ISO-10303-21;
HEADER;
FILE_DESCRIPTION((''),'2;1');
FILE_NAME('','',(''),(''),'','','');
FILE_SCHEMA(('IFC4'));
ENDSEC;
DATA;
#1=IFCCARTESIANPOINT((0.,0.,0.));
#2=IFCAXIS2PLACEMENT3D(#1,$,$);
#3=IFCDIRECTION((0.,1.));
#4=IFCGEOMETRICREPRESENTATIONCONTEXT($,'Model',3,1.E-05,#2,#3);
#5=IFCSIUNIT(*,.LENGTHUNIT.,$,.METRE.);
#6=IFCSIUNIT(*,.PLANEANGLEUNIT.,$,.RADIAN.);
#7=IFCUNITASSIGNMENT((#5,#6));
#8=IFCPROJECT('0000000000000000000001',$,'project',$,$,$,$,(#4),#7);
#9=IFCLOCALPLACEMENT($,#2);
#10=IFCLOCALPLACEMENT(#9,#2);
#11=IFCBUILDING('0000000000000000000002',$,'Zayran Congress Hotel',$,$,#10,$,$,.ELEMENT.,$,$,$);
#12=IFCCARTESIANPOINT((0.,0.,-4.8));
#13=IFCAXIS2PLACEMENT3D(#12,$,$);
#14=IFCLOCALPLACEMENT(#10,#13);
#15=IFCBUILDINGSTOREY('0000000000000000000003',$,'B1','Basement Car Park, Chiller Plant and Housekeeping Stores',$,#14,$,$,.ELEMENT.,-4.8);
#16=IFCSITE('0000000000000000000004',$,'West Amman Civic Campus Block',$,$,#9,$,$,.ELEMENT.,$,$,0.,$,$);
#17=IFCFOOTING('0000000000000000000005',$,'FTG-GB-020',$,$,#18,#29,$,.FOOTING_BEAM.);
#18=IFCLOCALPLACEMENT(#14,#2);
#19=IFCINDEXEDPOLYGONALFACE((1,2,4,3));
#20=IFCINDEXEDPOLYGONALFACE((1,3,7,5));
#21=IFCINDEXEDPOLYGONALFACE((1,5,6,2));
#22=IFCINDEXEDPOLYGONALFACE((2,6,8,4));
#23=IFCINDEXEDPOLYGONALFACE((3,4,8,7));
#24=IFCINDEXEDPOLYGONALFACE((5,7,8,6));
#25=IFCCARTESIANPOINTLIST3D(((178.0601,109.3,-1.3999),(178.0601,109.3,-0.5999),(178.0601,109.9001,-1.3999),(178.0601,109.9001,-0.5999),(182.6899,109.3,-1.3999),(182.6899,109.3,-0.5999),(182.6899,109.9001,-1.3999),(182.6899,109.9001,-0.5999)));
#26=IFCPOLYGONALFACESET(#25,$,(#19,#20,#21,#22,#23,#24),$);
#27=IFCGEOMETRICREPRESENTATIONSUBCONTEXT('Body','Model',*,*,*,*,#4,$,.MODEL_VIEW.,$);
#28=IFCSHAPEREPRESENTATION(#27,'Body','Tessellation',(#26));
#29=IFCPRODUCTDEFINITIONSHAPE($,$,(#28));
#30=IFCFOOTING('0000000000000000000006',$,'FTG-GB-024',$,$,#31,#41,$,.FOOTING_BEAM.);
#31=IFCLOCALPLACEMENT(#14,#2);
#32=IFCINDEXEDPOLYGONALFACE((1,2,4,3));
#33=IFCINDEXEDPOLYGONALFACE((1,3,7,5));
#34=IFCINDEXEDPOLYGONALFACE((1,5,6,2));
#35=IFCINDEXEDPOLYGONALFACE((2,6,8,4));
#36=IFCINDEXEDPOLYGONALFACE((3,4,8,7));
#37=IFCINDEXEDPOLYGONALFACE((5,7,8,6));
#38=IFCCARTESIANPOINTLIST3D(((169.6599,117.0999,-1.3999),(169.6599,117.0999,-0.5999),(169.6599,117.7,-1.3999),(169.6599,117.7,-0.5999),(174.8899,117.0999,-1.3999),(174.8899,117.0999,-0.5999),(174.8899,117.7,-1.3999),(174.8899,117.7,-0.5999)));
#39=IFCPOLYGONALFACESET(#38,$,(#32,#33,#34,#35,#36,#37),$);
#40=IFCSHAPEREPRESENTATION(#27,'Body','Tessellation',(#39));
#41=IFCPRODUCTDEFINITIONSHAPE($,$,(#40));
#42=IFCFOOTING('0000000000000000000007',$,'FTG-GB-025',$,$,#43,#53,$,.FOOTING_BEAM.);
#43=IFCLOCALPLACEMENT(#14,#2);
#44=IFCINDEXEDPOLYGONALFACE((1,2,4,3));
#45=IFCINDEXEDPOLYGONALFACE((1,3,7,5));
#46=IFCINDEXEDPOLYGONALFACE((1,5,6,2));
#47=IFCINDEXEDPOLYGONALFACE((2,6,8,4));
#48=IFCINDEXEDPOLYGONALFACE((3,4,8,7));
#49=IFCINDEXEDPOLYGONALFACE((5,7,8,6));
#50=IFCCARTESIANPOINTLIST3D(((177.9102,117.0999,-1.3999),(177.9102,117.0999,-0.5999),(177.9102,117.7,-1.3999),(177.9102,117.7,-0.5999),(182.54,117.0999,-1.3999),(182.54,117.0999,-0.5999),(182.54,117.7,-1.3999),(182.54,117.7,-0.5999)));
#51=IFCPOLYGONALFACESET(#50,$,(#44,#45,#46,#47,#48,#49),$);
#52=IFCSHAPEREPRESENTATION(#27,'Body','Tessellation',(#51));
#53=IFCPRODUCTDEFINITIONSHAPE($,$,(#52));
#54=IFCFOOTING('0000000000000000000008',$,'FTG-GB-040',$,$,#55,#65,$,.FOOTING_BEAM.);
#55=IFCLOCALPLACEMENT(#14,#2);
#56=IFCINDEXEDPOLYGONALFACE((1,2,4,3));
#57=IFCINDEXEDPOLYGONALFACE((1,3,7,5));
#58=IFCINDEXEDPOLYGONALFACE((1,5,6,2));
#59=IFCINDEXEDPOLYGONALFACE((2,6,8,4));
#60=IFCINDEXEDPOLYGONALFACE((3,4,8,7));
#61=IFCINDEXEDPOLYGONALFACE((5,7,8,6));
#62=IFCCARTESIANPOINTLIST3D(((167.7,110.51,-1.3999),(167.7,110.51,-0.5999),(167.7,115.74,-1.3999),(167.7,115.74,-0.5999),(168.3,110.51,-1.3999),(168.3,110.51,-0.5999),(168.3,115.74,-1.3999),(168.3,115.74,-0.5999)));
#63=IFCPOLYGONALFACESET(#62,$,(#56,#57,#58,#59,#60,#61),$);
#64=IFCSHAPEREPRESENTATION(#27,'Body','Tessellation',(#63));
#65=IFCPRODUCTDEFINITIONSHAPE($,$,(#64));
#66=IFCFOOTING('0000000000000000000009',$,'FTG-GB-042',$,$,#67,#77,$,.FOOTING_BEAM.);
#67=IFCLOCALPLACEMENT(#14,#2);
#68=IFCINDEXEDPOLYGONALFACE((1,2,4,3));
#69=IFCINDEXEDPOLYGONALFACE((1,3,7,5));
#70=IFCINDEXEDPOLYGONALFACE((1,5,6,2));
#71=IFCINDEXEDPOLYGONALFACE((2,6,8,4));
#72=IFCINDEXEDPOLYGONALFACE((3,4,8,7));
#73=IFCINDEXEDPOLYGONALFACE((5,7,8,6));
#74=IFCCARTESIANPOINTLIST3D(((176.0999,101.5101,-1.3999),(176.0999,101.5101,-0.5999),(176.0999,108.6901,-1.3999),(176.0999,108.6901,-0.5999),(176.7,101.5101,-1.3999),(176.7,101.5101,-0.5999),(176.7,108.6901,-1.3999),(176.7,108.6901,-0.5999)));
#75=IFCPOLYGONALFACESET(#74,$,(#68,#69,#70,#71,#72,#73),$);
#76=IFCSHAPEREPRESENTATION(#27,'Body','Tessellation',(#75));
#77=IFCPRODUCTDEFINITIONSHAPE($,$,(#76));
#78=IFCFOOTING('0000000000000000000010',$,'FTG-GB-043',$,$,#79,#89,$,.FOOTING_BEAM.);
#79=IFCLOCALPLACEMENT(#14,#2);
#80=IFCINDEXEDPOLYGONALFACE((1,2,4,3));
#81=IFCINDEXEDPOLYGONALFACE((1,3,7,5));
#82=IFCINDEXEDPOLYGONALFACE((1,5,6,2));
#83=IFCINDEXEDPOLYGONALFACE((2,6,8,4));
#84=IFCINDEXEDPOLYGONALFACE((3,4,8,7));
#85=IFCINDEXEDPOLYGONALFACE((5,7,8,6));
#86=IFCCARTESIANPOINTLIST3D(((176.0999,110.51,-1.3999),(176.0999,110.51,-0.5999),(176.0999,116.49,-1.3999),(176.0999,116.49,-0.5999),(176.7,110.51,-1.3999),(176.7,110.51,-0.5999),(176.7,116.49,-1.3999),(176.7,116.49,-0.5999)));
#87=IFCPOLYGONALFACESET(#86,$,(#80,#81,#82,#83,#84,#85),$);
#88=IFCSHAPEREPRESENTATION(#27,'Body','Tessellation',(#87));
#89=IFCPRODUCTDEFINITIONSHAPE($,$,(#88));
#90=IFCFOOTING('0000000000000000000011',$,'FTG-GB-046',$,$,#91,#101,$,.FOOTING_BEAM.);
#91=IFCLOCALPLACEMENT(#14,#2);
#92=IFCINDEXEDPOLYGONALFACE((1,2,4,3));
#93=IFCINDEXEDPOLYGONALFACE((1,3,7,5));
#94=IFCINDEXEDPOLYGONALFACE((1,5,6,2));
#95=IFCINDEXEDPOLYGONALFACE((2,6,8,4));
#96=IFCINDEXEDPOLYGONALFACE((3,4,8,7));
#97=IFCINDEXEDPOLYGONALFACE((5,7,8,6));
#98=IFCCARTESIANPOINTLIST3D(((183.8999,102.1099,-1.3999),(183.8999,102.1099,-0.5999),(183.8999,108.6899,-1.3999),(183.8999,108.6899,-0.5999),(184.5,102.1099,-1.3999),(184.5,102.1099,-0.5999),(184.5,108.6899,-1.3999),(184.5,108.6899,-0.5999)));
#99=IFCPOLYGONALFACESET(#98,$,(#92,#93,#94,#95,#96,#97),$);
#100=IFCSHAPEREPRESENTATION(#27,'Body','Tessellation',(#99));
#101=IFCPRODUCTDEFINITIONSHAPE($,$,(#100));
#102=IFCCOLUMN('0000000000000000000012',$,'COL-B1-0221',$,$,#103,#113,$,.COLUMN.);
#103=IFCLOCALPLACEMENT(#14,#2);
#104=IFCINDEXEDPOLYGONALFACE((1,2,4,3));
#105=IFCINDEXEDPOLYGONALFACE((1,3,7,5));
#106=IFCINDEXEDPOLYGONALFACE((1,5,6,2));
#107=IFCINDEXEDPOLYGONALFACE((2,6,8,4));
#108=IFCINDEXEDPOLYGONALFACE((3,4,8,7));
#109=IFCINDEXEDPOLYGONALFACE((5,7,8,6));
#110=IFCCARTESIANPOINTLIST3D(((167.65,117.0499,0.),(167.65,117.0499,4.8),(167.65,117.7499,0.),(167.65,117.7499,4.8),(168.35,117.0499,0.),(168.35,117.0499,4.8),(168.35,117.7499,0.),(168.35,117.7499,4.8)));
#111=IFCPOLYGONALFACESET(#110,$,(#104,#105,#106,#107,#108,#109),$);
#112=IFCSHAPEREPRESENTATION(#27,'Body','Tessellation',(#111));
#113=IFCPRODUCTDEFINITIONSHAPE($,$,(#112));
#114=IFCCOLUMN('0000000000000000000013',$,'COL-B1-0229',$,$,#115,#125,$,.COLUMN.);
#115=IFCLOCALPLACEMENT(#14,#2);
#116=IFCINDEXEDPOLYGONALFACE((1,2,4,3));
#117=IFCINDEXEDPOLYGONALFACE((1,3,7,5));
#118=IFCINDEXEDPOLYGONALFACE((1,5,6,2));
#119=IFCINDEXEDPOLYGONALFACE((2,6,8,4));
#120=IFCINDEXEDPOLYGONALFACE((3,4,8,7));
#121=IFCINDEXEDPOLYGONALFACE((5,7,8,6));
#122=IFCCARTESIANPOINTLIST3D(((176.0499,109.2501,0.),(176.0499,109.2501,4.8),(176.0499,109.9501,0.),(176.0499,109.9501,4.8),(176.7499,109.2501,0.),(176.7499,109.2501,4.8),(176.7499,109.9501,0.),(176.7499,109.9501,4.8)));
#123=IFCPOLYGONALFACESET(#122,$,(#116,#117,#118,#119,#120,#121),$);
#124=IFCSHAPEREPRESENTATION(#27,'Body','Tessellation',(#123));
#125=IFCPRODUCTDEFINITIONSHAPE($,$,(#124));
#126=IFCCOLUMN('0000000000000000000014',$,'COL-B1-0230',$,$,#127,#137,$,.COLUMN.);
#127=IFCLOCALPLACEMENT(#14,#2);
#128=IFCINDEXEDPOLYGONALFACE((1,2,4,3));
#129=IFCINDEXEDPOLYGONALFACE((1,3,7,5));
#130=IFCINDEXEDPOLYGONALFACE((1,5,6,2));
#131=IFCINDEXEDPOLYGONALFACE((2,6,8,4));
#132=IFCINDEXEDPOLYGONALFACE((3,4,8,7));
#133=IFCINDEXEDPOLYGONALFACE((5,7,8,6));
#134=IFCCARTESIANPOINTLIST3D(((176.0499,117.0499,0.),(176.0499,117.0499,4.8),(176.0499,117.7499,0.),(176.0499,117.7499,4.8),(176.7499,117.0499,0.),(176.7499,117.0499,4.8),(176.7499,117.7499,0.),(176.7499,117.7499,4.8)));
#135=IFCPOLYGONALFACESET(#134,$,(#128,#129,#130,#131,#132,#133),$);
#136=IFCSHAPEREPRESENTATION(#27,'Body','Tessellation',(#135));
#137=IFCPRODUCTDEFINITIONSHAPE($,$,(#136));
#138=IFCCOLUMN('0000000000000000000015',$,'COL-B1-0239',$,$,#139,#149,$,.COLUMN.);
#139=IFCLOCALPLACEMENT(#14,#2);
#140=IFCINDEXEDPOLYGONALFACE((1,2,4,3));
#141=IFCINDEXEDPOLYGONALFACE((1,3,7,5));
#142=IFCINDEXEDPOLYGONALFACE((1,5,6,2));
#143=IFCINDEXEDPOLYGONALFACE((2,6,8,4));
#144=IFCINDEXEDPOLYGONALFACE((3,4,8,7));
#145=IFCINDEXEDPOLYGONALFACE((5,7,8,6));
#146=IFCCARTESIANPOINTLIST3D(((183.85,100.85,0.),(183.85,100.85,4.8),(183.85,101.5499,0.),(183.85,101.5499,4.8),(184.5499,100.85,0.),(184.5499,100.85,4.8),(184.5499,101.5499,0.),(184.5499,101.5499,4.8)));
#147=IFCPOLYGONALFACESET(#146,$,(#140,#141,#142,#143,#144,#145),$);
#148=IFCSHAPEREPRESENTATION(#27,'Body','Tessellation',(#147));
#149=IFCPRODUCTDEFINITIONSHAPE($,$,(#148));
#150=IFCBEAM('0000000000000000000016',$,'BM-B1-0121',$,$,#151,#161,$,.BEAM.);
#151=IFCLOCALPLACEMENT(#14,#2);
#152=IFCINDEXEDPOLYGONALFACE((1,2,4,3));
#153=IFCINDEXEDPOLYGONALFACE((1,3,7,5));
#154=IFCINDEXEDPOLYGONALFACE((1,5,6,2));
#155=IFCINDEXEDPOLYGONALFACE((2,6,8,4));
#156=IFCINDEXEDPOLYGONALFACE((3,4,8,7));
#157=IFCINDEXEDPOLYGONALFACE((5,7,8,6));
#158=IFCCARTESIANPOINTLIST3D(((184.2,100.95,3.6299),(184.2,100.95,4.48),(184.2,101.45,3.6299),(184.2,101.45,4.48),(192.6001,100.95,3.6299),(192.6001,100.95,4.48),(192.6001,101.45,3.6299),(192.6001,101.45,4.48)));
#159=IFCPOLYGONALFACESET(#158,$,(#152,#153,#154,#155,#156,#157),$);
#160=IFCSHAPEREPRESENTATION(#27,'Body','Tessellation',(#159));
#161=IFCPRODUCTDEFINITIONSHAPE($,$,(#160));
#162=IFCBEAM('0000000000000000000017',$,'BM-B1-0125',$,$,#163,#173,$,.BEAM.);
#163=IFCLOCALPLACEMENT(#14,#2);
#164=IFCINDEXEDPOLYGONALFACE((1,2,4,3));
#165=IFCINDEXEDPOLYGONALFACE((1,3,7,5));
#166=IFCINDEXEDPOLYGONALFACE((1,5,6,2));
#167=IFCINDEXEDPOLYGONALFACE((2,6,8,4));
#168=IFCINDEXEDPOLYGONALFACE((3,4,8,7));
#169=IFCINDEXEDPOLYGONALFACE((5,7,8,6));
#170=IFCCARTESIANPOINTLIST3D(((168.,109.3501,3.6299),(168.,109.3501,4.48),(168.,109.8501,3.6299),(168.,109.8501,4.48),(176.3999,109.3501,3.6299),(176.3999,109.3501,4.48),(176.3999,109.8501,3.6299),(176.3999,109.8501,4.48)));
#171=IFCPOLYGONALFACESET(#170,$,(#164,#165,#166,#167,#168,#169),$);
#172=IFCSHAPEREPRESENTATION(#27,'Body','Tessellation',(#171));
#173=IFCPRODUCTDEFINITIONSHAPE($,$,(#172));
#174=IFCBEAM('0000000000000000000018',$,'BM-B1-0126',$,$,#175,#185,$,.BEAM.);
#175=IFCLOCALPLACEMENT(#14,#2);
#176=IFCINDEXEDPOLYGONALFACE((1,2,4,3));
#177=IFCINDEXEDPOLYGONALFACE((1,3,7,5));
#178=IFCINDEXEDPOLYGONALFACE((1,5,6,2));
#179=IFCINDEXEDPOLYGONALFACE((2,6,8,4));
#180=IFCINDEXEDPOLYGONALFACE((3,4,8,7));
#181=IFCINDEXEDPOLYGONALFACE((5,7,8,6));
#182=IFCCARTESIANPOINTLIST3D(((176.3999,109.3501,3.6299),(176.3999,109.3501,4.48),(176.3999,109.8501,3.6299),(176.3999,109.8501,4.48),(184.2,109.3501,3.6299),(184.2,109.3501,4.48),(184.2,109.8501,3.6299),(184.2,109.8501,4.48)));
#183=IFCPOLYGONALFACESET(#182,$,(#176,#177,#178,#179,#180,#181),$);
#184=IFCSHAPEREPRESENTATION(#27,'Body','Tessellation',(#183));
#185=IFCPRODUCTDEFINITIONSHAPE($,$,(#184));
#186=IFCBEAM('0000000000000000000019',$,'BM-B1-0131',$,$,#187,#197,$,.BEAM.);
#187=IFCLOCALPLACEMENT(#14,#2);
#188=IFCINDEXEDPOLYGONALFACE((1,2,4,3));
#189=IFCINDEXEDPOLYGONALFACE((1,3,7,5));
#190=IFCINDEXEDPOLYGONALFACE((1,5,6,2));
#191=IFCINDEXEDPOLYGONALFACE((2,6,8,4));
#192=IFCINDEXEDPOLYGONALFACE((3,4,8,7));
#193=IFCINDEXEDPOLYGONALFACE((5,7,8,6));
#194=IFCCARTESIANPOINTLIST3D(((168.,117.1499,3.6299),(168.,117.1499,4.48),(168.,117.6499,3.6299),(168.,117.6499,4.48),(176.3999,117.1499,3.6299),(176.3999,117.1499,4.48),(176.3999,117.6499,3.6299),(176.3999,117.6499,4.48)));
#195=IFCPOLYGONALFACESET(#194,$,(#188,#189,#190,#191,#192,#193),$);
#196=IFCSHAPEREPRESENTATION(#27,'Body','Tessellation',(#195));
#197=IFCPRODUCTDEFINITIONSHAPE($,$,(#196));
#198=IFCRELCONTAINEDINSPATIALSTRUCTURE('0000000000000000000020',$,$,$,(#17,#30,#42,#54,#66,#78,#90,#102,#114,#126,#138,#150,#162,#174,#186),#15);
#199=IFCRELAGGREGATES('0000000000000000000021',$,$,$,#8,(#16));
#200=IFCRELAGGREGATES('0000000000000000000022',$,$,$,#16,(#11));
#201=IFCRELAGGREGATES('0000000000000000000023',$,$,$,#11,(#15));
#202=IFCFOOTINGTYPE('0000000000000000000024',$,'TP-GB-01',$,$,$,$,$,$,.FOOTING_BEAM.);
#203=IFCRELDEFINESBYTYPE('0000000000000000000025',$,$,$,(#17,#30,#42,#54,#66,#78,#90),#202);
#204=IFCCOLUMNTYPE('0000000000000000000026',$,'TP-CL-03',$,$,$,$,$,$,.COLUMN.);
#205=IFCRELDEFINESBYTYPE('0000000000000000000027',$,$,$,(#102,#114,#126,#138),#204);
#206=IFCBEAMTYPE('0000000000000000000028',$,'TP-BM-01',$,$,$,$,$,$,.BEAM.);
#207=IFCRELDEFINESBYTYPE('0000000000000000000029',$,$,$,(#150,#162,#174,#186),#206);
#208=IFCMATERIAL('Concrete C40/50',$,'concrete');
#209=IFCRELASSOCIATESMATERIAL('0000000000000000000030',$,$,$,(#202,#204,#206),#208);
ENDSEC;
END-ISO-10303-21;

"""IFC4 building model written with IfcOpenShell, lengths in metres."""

from ifc_helpers import new_model, si_unit, direction, frame, origin, origin_2d, place, context, subcontext, project, spatial, rectangle, extrude, material, material_profile, profile_set, type_object, element, save


model = new_model("IFC4")

# Units and contexts
model_context = context("Model", 3, precision=1e-05, world=origin(), true_north=direction((0.0, 1.0)))
body_context = subcontext(model_context, "Body", "Model", "MODEL_VIEW")
ifc_project = project(units=[si_unit("LENGTHUNIT", "METRE"), si_unit("PLANEANGLEUNIT", "RADIAN")], contexts=[model_context])

# Site, building, storey
site_placement = place(None, origin())
site = spatial("IfcSite", under=ifc_project, at=site_placement, Name="West Amman Civic Campus Block", CompositionType="ELEMENT", RefElevation=0.0)
building_placement = place(site_placement, origin())
building = spatial("IfcBuilding", under=site, at=building_placement, Name="Zayran Congress Hotel", CompositionType="ELEMENT")
storey_placement = place(building_placement, frame((0.0, 0.0, -4.8)))
storey = spatial("IfcBuildingStorey", under=building, at=storey_placement, Name="B1", Description="Basement Car Park, Chiller Plant and Housekeeping Stores", CompositionType="ELEMENT", Elevation=-4.8)

# Shared definitions
ifc_material = material(Name="Concrete C40/50", Category="concrete")

# Footings
footing_type_1 = type_object("IfcFootingType", Name="TP-GB-01", PredefinedType="FOOTING_BEAM", material=ifc_material)
footing_1_placement = place(storey_placement, frame((180.375, 109.6001, -1.3999), z_axis=(0.0, 0.0, 1.0), x_axis=(1.0, 0.0, 0.0)))
element("IfcFooting", 1, at=footing_1_placement, inside=storey, type_object=footing_type_1, Name="FTG-GB-020", PredefinedType="FOOTING_BEAM", context=body_context, shape_type="SweptSolid", body=[
    extrude(rectangle(XDim=4.6299, YDim=0.6001, at=origin_2d()), origin(), (0.0, 0.0, 1.0), 0.8),
])
footing_2_placement = place(storey_placement, frame((172.2749, 117.3999, -1.3999), z_axis=(0.0, 0.0, 1.0), x_axis=(1.0, 0.0, 0.0)))
element("IfcFooting", 2, at=footing_2_placement, inside=storey, type_object=footing_type_1, Name="FTG-GB-024", PredefinedType="FOOTING_BEAM", context=body_context, shape_type="SweptSolid", body=[
    extrude(rectangle(XDim=5.23, YDim=0.6001, at=origin_2d()), origin(), (0.0, 0.0, 1.0), 0.8),
])
footing_3_placement = place(storey_placement, frame((180.2251, 117.3999, -1.3999), z_axis=(0.0, 0.0, 1.0), x_axis=(1.0, 0.0, 0.0)))
element("IfcFooting", 3, at=footing_3_placement, inside=storey, type_object=footing_type_1, Name="FTG-GB-025", PredefinedType="FOOTING_BEAM", context=body_context, shape_type="SweptSolid", body=[
    extrude(rectangle(XDim=4.6299, YDim=0.6001, at=origin_2d()), origin(), (0.0, 0.0, 1.0), 0.8),
])
footing_4_placement = place(storey_placement, frame((168.0, 113.125, -1.3999), z_axis=(0.0, 0.0, 1.0), x_axis=(0.0, 1.0, 0.0)))
element("IfcFooting", 4, at=footing_4_placement, inside=storey, type_object=footing_type_1, Name="FTG-GB-040", PredefinedType="FOOTING_BEAM", context=body_context, shape_type="SweptSolid", body=[
    extrude(rectangle(XDim=5.23, YDim=0.6001, at=origin_2d()), origin(), (0.0, 0.0, 1.0), 0.8),
])
footing_5_placement = place(storey_placement, frame((176.3999, 105.1001, -1.3999), z_axis=(0.0, 0.0, 1.0), x_axis=(0.0, 1.0, 0.0)))
element("IfcFooting", 5, at=footing_5_placement, inside=storey, type_object=footing_type_1, Name="FTG-GB-042", PredefinedType="FOOTING_BEAM", context=body_context, shape_type="SweptSolid", body=[
    extrude(rectangle(XDim=7.1799, YDim=0.6001, at=origin_2d()), origin(), (0.0, 0.0, 1.0), 0.8),
])
footing_6_placement = place(storey_placement, frame((176.3999, 113.5, -1.3999), z_axis=(0.0, 0.0, 1.0), x_axis=(0.0, 1.0, 0.0)))
element("IfcFooting", 6, at=footing_6_placement, inside=storey, type_object=footing_type_1, Name="FTG-GB-043", PredefinedType="FOOTING_BEAM", context=body_context, shape_type="SweptSolid", body=[
    extrude(rectangle(XDim=5.98, YDim=0.6001, at=origin_2d()), origin(), (0.0, 0.0, 1.0), 0.8),
])
footing_7_placement = place(storey_placement, frame((184.2, 105.3999, -1.3999), z_axis=(0.0, 0.0, 1.0), x_axis=(0.0, 1.0, 0.0)))
element("IfcFooting", 7, at=footing_7_placement, inside=storey, type_object=footing_type_1, Name="FTG-GB-046", PredefinedType="FOOTING_BEAM", context=body_context, shape_type="SweptSolid", body=[
    extrude(rectangle(XDim=6.5801, YDim=0.6001, at=origin_2d()), origin(), (0.0, 0.0, 1.0), 0.8),
])

# Columns
ifc_material_profile_1 = material_profile(ifc_material, rectangle(XDim=0.7, YDim=0.7, at=origin_2d()), Name="RC 700x700")
ifc_profile_set_1 = profile_set([ifc_material_profile_1], Name="Concrete C40/50")
column_type = type_object("IfcColumnType", Name="TP-CL-03", PredefinedType="COLUMN", material=ifc_profile_set_1)
for number, where, z_axis, x_axis, name in (
    (8, (168.0, 117.3999, 0.0), (0.0, 0.0, 1.0), (1.0, 0.0, 0.0), "COL-B1-0221"),
    (9, (176.3999, 109.6001, 0.0), (0.0, 0.0, 1.0), (1.0, 0.0, 0.0), "COL-B1-0229"),
    (10, (176.3999, 117.3999, 0.0), (0.0, 0.0, 1.0), (1.0, 0.0, 0.0), "COL-B1-0230"),
    (11, (184.2, 101.2, 0.0), (0.0, 0.0, 1.0), (1.0, 0.0, 0.0), "COL-B1-0239"),
):
    element("IfcColumn", number, at=place(storey_placement, frame(where, z_axis=z_axis, x_axis=x_axis)), inside=storey, type_object=column_type, Name=name, PredefinedType="COLUMN", context=body_context, shape_type="SweptSolid", body=[
        extrude(rectangle(XDim=0.7, YDim=0.7, at=origin_2d()), origin(), (0.0, 0.0, 1.0), 4.8),
    ])

# Beams
ifc_material_profile_2 = material_profile(ifc_material, rectangle(XDim=0.5, YDim=0.8501, at=origin_2d()), Name="RC 500x850")
ifc_profile_set_2 = profile_set([ifc_material_profile_2], Name="Concrete C40/50")
beam_type = type_object("IfcBeamType", Name="TP-BM-01", PredefinedType="BEAM", material=ifc_profile_set_2)
beam_1_placement = place(storey_placement, frame((184.2, 101.2, 4.0549), z_axis=(1.0, 0.0, 0.0), x_axis=(0.0, 1.0, 0.0)))
element("IfcBeam", 12, at=beam_1_placement, inside=storey, type_object=beam_type, Name="BM-B1-0121", PredefinedType="BEAM", context=body_context, shape_type="SweptSolid", body=[
    extrude(rectangle(XDim=0.5, YDim=0.8501, at=origin_2d()), origin(), (0.0, 0.0, 1.0), 8.4001),
])
beam_2_placement = place(storey_placement, frame((168.0, 109.6001, 4.0549), z_axis=(1.0, 0.0, 0.0), x_axis=(0.0, 1.0, 0.0)))
element("IfcBeam", 13, at=beam_2_placement, inside=storey, type_object=beam_type, Name="BM-B1-0125", PredefinedType="BEAM", context=body_context, shape_type="SweptSolid", body=[
    extrude(rectangle(XDim=0.5, YDim=0.8501, at=origin_2d()), origin(), (0.0, 0.0, 1.0), 8.3999),
])
beam_3_placement = place(storey_placement, frame((176.3999, 109.6001, 4.0549), z_axis=(1.0, 0.0, 0.0), x_axis=(0.0, 1.0, 0.0)))
element("IfcBeam", 14, at=beam_3_placement, inside=storey, type_object=beam_type, Name="BM-B1-0126", PredefinedType="BEAM", context=body_context, shape_type="SweptSolid", body=[
    extrude(rectangle(XDim=0.5, YDim=0.8501, at=origin_2d()), origin(), (0.0, 0.0, 1.0), 7.8),
])
beam_4_placement = place(storey_placement, frame((168.0, 117.3999, 4.0549), z_axis=(1.0, 0.0, 0.0), x_axis=(0.0, 1.0, 0.0)))
element("IfcBeam", 15, at=beam_4_placement, inside=storey, type_object=beam_type, Name="BM-B1-0131", PredefinedType="BEAM", context=body_context, shape_type="SweptSolid", body=[
    extrude(rectangle(XDim=0.5, YDim=0.8501, at=origin_2d()), origin(), (0.0, 0.0, 1.0), 8.3999),
])

save(model, "model.ifc")
